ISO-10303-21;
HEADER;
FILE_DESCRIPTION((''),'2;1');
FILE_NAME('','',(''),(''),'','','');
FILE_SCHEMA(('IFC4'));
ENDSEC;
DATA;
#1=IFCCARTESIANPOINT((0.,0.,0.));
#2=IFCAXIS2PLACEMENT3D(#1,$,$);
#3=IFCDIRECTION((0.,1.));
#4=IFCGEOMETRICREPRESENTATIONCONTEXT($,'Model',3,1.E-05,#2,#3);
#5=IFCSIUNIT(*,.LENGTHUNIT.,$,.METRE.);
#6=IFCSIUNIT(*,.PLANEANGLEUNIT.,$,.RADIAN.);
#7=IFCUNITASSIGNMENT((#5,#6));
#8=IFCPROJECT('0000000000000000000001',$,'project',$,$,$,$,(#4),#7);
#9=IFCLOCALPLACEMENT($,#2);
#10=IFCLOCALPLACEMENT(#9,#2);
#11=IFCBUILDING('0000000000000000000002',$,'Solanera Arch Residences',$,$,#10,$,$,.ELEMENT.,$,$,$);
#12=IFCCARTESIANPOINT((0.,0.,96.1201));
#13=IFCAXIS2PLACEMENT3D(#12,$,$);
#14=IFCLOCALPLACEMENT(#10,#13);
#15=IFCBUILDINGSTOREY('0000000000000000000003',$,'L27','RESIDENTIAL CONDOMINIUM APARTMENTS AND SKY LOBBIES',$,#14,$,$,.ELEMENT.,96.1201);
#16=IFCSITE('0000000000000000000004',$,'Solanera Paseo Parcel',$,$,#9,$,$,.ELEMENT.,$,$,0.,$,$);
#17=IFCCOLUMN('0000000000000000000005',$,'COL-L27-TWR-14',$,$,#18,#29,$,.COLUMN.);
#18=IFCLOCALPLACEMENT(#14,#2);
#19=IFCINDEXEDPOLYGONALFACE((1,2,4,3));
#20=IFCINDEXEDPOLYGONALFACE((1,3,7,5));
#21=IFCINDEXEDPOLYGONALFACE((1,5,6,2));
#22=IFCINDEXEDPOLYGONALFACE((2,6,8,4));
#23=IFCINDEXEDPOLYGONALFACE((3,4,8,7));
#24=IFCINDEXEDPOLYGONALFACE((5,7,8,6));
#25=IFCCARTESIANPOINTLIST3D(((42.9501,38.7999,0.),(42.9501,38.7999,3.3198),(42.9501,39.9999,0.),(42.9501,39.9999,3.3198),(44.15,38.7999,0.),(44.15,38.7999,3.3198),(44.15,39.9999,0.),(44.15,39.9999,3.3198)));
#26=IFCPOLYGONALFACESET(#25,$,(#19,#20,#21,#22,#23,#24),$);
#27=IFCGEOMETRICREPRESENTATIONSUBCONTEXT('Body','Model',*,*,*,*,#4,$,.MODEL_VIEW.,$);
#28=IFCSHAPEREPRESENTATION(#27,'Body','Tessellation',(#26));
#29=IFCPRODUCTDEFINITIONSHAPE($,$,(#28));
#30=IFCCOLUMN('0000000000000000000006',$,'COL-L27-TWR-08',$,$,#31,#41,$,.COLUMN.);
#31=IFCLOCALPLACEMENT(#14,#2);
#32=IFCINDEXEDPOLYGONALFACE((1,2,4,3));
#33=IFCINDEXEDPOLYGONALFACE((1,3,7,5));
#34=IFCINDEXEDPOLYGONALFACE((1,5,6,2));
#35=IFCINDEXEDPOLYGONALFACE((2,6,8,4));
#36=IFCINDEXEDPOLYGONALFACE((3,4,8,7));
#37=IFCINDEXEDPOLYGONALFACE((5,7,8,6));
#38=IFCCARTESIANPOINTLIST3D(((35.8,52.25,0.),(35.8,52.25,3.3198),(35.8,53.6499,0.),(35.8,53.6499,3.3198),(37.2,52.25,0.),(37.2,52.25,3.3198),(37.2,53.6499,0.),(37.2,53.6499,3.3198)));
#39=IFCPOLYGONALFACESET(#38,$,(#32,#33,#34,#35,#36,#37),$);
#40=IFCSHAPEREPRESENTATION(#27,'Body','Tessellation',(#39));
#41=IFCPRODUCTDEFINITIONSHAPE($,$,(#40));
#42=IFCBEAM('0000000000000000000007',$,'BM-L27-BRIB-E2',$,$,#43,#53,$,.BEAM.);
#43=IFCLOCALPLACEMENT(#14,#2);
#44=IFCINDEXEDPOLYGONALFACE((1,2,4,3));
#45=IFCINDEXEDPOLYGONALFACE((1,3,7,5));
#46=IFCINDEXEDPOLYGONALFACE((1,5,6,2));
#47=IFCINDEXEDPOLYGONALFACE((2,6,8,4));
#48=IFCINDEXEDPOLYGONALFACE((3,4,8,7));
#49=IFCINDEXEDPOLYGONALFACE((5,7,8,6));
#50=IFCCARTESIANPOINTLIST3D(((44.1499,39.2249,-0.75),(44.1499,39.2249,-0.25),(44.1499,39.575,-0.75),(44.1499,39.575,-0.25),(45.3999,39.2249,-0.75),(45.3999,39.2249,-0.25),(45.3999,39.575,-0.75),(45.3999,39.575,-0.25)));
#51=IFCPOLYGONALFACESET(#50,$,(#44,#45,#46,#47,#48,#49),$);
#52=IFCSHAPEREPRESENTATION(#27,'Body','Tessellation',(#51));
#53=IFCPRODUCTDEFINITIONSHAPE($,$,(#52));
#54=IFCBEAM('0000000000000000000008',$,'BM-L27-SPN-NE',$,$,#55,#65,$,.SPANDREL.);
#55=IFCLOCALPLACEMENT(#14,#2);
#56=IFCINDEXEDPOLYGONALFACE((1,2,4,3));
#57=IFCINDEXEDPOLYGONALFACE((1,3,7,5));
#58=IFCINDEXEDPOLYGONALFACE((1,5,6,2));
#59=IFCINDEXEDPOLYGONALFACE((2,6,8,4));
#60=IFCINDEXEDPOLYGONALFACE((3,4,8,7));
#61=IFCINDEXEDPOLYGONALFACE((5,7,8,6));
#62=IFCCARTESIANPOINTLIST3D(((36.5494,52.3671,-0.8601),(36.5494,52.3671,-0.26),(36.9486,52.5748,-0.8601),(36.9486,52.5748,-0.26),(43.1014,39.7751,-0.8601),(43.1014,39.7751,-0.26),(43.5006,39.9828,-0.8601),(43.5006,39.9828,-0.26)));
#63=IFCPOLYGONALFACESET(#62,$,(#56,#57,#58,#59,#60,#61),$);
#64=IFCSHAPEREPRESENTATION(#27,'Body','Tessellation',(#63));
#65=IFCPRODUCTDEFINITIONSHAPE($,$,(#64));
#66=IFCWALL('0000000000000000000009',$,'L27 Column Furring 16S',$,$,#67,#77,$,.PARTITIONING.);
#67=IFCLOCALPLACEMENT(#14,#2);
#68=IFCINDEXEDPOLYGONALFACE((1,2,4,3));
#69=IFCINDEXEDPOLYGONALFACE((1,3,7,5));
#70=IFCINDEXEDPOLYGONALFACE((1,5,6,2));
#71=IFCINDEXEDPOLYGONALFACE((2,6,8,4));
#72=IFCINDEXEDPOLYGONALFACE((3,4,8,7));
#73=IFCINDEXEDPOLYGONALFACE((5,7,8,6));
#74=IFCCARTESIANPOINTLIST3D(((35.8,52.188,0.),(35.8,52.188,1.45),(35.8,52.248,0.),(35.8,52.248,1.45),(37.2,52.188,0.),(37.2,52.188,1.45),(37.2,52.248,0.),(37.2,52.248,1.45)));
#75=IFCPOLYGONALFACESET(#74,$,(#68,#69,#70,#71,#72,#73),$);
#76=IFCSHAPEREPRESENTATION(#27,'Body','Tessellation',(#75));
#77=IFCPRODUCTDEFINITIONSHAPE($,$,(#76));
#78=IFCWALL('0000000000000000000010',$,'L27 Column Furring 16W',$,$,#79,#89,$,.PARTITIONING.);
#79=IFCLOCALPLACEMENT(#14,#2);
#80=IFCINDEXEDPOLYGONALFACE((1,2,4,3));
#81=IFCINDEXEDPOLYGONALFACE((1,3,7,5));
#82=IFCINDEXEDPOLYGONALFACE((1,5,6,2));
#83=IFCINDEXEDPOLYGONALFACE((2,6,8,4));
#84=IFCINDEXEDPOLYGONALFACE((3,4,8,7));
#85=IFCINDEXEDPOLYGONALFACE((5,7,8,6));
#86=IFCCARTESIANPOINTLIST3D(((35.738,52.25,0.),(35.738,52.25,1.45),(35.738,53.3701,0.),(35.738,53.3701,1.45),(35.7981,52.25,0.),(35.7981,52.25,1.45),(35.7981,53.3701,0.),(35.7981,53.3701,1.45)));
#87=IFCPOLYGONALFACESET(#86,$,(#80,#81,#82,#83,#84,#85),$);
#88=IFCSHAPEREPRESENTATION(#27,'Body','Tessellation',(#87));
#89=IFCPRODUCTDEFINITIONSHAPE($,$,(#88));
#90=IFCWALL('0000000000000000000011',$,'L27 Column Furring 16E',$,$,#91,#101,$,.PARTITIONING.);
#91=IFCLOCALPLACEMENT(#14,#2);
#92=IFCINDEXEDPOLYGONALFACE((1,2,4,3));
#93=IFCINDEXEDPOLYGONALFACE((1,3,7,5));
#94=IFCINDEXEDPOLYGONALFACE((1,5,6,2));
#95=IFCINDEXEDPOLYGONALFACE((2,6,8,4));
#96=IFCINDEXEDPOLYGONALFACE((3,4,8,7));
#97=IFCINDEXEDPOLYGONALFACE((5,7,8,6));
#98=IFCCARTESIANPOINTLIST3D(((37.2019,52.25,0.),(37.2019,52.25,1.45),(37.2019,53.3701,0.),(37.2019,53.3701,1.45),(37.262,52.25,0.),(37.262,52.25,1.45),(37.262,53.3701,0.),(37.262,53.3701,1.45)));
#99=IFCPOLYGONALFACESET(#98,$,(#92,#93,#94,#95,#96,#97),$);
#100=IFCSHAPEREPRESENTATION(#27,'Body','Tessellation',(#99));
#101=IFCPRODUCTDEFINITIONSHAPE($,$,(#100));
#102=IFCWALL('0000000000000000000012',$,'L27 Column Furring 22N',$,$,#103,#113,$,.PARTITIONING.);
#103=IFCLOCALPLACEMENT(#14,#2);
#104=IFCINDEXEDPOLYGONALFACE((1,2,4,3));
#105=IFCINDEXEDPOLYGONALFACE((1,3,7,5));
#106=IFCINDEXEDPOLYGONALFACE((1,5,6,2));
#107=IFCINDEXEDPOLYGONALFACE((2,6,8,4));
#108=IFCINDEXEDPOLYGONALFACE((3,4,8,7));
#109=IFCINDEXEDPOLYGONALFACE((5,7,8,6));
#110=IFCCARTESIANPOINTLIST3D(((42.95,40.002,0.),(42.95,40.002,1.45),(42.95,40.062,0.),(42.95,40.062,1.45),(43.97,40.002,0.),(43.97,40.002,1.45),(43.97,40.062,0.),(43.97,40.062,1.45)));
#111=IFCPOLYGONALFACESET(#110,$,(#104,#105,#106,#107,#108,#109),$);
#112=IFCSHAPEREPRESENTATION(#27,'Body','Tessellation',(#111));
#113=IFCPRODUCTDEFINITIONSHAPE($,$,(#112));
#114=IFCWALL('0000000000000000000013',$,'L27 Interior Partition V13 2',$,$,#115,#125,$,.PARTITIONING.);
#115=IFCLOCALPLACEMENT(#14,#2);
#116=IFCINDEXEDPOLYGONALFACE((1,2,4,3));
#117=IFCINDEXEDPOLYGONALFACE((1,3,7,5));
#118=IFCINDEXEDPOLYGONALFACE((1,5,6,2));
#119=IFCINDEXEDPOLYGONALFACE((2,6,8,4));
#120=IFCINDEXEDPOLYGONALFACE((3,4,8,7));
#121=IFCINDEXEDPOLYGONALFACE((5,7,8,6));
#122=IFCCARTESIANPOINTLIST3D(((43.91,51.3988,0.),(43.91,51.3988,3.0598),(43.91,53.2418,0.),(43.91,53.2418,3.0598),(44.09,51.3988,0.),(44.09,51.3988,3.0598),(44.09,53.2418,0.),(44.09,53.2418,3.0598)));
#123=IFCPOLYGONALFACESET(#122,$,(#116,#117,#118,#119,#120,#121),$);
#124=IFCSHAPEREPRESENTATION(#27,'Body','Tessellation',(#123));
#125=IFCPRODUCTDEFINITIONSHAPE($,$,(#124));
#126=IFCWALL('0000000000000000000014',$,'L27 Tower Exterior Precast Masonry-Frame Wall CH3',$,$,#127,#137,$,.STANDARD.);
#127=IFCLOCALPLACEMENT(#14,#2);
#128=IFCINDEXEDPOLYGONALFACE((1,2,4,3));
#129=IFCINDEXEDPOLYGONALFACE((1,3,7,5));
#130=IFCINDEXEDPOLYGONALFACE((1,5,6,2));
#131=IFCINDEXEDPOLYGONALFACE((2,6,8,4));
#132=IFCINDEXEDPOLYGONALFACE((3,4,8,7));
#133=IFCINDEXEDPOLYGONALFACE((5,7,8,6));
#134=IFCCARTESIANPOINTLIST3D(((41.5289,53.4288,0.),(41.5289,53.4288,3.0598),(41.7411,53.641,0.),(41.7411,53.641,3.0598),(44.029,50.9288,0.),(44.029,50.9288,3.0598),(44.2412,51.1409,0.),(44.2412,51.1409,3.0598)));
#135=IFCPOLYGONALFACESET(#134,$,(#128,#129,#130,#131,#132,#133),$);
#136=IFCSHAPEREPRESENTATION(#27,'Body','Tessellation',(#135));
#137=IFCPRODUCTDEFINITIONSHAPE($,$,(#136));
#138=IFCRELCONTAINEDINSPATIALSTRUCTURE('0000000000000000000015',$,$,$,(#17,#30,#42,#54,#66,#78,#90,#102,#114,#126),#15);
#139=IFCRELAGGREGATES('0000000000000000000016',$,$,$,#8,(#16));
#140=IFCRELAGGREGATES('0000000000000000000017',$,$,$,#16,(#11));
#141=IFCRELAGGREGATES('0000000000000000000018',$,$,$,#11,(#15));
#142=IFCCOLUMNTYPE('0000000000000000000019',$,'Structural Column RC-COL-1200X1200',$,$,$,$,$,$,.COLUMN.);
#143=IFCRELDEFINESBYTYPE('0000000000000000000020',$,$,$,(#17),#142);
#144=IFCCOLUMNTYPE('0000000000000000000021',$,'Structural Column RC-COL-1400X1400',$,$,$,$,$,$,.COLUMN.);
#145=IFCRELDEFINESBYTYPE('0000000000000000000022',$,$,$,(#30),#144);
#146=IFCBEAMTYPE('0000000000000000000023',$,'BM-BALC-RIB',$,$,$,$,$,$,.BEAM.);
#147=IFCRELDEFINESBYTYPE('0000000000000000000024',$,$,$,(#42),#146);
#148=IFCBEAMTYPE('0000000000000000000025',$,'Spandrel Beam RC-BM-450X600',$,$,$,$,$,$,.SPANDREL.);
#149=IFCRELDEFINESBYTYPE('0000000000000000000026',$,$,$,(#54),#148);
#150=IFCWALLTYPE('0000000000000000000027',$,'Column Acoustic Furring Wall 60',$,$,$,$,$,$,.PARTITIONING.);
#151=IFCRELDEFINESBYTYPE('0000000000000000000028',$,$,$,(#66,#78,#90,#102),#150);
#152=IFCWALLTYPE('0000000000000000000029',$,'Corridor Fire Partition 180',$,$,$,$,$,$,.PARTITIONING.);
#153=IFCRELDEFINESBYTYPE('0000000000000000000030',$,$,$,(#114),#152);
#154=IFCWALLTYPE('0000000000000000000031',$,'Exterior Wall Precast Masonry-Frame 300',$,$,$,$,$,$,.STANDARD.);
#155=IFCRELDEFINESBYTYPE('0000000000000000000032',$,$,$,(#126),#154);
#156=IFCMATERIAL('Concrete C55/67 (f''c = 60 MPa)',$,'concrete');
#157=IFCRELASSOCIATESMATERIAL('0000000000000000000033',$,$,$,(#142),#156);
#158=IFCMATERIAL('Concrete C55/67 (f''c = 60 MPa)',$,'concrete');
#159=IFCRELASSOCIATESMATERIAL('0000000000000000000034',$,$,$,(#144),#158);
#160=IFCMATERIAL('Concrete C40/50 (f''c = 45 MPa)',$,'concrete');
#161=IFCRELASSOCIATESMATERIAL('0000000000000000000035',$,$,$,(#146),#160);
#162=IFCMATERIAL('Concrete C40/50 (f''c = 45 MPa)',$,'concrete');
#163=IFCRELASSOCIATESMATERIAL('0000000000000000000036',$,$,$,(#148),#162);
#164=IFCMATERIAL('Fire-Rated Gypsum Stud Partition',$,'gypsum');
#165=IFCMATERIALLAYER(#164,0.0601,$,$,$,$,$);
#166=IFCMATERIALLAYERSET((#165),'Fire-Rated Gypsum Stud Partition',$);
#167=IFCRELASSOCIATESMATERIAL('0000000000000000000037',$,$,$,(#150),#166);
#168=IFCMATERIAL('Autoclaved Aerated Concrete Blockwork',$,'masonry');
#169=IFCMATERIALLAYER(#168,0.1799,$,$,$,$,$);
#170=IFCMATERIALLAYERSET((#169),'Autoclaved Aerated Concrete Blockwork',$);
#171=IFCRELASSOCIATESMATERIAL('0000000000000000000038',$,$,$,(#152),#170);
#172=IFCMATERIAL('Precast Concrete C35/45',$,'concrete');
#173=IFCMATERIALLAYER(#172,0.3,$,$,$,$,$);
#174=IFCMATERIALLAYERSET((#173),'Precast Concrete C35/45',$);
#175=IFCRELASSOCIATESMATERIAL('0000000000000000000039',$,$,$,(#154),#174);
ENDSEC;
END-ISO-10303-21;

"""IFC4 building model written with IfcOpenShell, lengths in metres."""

from ifc_helpers import new_model, si_unit, direction, frame, frame_2d, origin, origin_2d, place, context, subcontext, project, spatial, rectangle, extrude, material, layer, layer_set, material_profile, profile_set, type_object, element, save


model = new_model("IFC4")

# Units and contexts
model_context = context("Model", 3, precision=1e-05, world=origin(), true_north=direction((0.0, 1.0)))
body_context = subcontext(model_context, "Body", "Model", "MODEL_VIEW")
ifc_project = project(units=[si_unit("LENGTHUNIT", "METRE"), si_unit("PLANEANGLEUNIT", "RADIAN")], contexts=[model_context])

# Site, building, storey
site_placement = place(None, origin())
site = spatial("IfcSite", under=ifc_project, at=site_placement, Name="Solanera Paseo Parcel", CompositionType="ELEMENT", RefElevation=0.0)
building_placement = place(site_placement, origin())
building = spatial("IfcBuilding", under=site, at=building_placement, Name="Solanera Arch Residences", CompositionType="ELEMENT")
storey_placement = place(building_placement, frame((0.0, 0.0, 96.1201)))
storey = spatial("IfcBuildingStorey", under=building, at=storey_placement, Name="L27", Description="RESIDENTIAL CONDOMINIUM APARTMENTS AND SKY LOBBIES", CompositionType="ELEMENT", Elevation=96.1201)

# Columns
ifc_material_1 = material(Name="Concrete C55/67 (f'c = 60 MPa)", Category="concrete")
ifc_material_profile_1 = material_profile(ifc_material_1, rectangle(XDim=1.2, YDim=1.2, at=origin_2d()))
ifc_profile_set_1 = profile_set([ifc_material_profile_1], Name="Concrete C55/67 (f'c = 60 MPa)")
column_type_1 = type_object("IfcColumnType", Name="Structural Column RC-COL-1200X1200", PredefinedType="COLUMN", material=ifc_profile_set_1)
column_1_placement = place(storey_placement, frame((43.55, 39.3999, 0.0), z_axis=(0.0, 0.0, 1.0), x_axis=(1.0, 0.0, 0.0)))
element("IfcColumn", 1, at=column_1_placement, inside=storey, type_object=column_type_1, Name="COL-L27-TWR-14", PredefinedType="COLUMN", context=body_context, shape_type="SweptSolid", body=[
    extrude(rectangle(XDim=1.2, YDim=1.2, at=origin_2d()), origin(), (0.0, 0.0, 1.0), 3.3198),
])
ifc_material_2 = material(Name="Concrete C55/67 (f'c = 60 MPa)", Category="concrete")
ifc_material_profile_2 = material_profile(ifc_material_2, rectangle(XDim=1.3999, YDim=1.3999, at=origin_2d()))
ifc_profile_set_2 = profile_set([ifc_material_profile_2], Name="Concrete C55/67 (f'c = 60 MPa)")
column_type_2 = type_object("IfcColumnType", Name="Structural Column RC-COL-1400X1400", PredefinedType="COLUMN", material=ifc_profile_set_2)
column_2_placement = place(storey_placement, frame((36.5, 52.95, 0.0), z_axis=(0.0, 0.0, 1.0), x_axis=(1.0, 0.0, 0.0)))
element("IfcColumn", 2, at=column_2_placement, inside=storey, type_object=column_type_2, Name="COL-L27-TWR-08", PredefinedType="COLUMN", context=body_context, shape_type="SweptSolid", body=[
    extrude(rectangle(XDim=1.3999, YDim=1.3999, at=origin_2d()), origin(), (0.0, 0.0, 1.0), 3.3198),
])

# Beams
ifc_material_3 = material(Name="Concrete C40/50 (f'c = 45 MPa)", Category="concrete")
ifc_material_profile_3 = material_profile(ifc_material_3, rectangle(XDim=0.3501, YDim=0.5, at=origin_2d()))
ifc_profile_set_3 = profile_set([ifc_material_profile_3], Name="Concrete C40/50 (f'c = 45 MPa)")
beam_type_1 = type_object("IfcBeamType", Name="BM-BALC-RIB", PredefinedType="BEAM", material=ifc_profile_set_3)
beam_1_placement = place(storey_placement, frame((44.1499, 39.3999, -0.5), z_axis=(1.0, 0.0, 0.0), x_axis=(0.0, 1.0, 0.0)))
element("IfcBeam", 3, at=beam_1_placement, inside=storey, type_object=beam_type_1, Name="BM-L27-BRIB-E2", PredefinedType="BEAM", context=body_context, shape_type="SweptSolid", body=[
    extrude(rectangle(XDim=0.3501, YDim=0.5, at=origin_2d()), origin(), (0.0, 0.0, 1.0), 1.25),
])
ifc_material_4 = material(Name="Concrete C40/50 (f'c = 45 MPa)", Category="concrete")
ifc_material_profile_4 = material_profile(ifc_material_4, rectangle(XDim=0.45, YDim=0.6001, at=origin_2d()))
ifc_profile_set_4 = profile_set([ifc_material_profile_4], Name="Concrete C40/50 (f'c = 45 MPa)")
beam_type_2 = type_object("IfcBeamType", Name="Spandrel Beam RC-BM-450X600", PredefinedType="SPANDREL", material=ifc_profile_set_4)
beam_2_placement = place(storey_placement, frame((36.749, 52.4709, -0.5601), z_axis=(0.461582, -0.887097, 0.0), x_axis=(0.887097, 0.461582, 0.0)))
element("IfcBeam", 4, at=beam_2_placement, inside=storey, type_object=beam_type_2, Name="BM-L27-SPN-NE", PredefinedType="SPANDREL", context=body_context, shape_type="SweptSolid", body=[
    extrude(rectangle(XDim=0.45, YDim=0.6001, at=origin_2d()), origin(), (0.0, 0.0, 1.0), 14.1946),
])

# Walls
ifc_material_5 = material(Name="Fire-Rated Gypsum Stud Partition", Category="gypsum")
ifc_layer_1 = layer(ifc_material_5, 0.0601)
ifc_layer_set_1 = layer_set([ifc_layer_1], Name="Fire-Rated Gypsum Stud Partition")
wall_type_1 = type_object("IfcWallType", Name="Column Acoustic Furring Wall 60", PredefinedType="PARTITIONING", material=ifc_layer_set_1)
wall_1_placement = place(storey_placement, frame((35.8, 52.218, 0.0), z_axis=(0.0, 0.0, 1.0), x_axis=(1.0, 0.0, 0.0)))
element("IfcWall", 5, at=wall_1_placement, inside=storey, type_object=wall_type_1, Name="L27 Column Furring 16S", PredefinedType="PARTITIONING", context=body_context, shape_type="SweptSolid", body=[
    extrude(rectangle(XDim=1.3999, YDim=0.0601, at=frame_2d((0.7, 0.0))), origin(), (0.0, 0.0, 1.0), 1.45),
])
for number, where, z_axis, x_axis, name in (
    (6, (35.7681, 52.25, 0.0), (0.0, 0.0, 1.0), (0.0, 1.0, 0.0), "L27 Column Furring 16W"),
    (7, (37.2319, 52.25, 0.0), (0.0, 0.0, 1.0), (0.0, 1.0, 0.0), "L27 Column Furring 16E"),
):
    element("IfcWall", number, at=place(storey_placement, frame(where, z_axis=z_axis, x_axis=x_axis)), inside=storey, type_object=wall_type_1, Name=name, PredefinedType="PARTITIONING", context=body_context, shape_type="SweptSolid", body=[
        extrude(rectangle(XDim=1.1201, YDim=0.0601, at=frame_2d((0.5601, 0.0))), origin(), (0.0, 0.0, 1.0), 1.45),
    ])
wall_2_placement = place(storey_placement, frame((42.95, 40.032, 0.0), z_axis=(0.0, 0.0, 1.0), x_axis=(1.0, 0.0, 0.0)))
element("IfcWall", 8, at=wall_2_placement, inside=storey, type_object=wall_type_1, Name="L27 Column Furring 22N", PredefinedType="PARTITIONING", context=body_context, shape_type="SweptSolid", body=[
    extrude(rectangle(XDim=1.02, YDim=0.0601, at=frame_2d((0.51, 0.0))), origin(), (0.0, 0.0, 1.0), 1.45),
])
ifc_material_6 = material(Name="Autoclaved Aerated Concrete Blockwork", Category="masonry")
ifc_layer_2 = layer(ifc_material_6, 0.1799)
ifc_layer_set_2 = layer_set([ifc_layer_2], Name="Autoclaved Aerated Concrete Blockwork")
wall_type_2 = type_object("IfcWallType", Name="Corridor Fire Partition 180", PredefinedType="PARTITIONING", material=ifc_layer_set_2)
wall_3_placement = place(storey_placement, frame((44.0, 51.3989, 0.0), z_axis=(0.0, 0.0, 1.0), x_axis=(0.0, 1.0, 0.0)))
element("IfcWall", 9, at=wall_3_placement, inside=storey, type_object=wall_type_2, Name="L27 Interior Partition V13 2", PredefinedType="PARTITIONING", context=body_context, shape_type="SweptSolid", body=[
    extrude(rectangle(XDim=1.843, YDim=0.1799, at=frame_2d((0.9214, 0.0))), origin(), (0.0, 0.0, 1.0), 3.0598),
])
ifc_material_7 = material(Name="Precast Concrete C35/45", Category="concrete")
ifc_layer_3 = layer(ifc_material_7, 0.3)
ifc_layer_set_3 = layer_set([ifc_layer_3], Name="Precast Concrete C35/45")
wall_type_3 = type_object("IfcWallType", Name="Exterior Wall Precast Masonry-Frame 300", PredefinedType="STANDARD", material=ifc_layer_set_3)
wall_4_placement = place(storey_placement, frame((41.635, 53.5349, 0.0), z_axis=(0.0, 0.0, 1.0), x_axis=(0.707107, -0.707107, 0.0)))
element("IfcWall", 10, at=wall_4_placement, inside=storey, type_object=wall_type_3, Name="L27 Tower Exterior Precast Masonry-Frame Wall CH3", PredefinedType="STANDARD", context=body_context, shape_type="SweptSolid", body=[
    extrude(rectangle(XDim=3.5356, YDim=0.3, at=frame_2d((1.7678, 0.0))), origin(), (0.0, 0.0, 1.0), 3.0598),
])

save(model, "model.ifc")
